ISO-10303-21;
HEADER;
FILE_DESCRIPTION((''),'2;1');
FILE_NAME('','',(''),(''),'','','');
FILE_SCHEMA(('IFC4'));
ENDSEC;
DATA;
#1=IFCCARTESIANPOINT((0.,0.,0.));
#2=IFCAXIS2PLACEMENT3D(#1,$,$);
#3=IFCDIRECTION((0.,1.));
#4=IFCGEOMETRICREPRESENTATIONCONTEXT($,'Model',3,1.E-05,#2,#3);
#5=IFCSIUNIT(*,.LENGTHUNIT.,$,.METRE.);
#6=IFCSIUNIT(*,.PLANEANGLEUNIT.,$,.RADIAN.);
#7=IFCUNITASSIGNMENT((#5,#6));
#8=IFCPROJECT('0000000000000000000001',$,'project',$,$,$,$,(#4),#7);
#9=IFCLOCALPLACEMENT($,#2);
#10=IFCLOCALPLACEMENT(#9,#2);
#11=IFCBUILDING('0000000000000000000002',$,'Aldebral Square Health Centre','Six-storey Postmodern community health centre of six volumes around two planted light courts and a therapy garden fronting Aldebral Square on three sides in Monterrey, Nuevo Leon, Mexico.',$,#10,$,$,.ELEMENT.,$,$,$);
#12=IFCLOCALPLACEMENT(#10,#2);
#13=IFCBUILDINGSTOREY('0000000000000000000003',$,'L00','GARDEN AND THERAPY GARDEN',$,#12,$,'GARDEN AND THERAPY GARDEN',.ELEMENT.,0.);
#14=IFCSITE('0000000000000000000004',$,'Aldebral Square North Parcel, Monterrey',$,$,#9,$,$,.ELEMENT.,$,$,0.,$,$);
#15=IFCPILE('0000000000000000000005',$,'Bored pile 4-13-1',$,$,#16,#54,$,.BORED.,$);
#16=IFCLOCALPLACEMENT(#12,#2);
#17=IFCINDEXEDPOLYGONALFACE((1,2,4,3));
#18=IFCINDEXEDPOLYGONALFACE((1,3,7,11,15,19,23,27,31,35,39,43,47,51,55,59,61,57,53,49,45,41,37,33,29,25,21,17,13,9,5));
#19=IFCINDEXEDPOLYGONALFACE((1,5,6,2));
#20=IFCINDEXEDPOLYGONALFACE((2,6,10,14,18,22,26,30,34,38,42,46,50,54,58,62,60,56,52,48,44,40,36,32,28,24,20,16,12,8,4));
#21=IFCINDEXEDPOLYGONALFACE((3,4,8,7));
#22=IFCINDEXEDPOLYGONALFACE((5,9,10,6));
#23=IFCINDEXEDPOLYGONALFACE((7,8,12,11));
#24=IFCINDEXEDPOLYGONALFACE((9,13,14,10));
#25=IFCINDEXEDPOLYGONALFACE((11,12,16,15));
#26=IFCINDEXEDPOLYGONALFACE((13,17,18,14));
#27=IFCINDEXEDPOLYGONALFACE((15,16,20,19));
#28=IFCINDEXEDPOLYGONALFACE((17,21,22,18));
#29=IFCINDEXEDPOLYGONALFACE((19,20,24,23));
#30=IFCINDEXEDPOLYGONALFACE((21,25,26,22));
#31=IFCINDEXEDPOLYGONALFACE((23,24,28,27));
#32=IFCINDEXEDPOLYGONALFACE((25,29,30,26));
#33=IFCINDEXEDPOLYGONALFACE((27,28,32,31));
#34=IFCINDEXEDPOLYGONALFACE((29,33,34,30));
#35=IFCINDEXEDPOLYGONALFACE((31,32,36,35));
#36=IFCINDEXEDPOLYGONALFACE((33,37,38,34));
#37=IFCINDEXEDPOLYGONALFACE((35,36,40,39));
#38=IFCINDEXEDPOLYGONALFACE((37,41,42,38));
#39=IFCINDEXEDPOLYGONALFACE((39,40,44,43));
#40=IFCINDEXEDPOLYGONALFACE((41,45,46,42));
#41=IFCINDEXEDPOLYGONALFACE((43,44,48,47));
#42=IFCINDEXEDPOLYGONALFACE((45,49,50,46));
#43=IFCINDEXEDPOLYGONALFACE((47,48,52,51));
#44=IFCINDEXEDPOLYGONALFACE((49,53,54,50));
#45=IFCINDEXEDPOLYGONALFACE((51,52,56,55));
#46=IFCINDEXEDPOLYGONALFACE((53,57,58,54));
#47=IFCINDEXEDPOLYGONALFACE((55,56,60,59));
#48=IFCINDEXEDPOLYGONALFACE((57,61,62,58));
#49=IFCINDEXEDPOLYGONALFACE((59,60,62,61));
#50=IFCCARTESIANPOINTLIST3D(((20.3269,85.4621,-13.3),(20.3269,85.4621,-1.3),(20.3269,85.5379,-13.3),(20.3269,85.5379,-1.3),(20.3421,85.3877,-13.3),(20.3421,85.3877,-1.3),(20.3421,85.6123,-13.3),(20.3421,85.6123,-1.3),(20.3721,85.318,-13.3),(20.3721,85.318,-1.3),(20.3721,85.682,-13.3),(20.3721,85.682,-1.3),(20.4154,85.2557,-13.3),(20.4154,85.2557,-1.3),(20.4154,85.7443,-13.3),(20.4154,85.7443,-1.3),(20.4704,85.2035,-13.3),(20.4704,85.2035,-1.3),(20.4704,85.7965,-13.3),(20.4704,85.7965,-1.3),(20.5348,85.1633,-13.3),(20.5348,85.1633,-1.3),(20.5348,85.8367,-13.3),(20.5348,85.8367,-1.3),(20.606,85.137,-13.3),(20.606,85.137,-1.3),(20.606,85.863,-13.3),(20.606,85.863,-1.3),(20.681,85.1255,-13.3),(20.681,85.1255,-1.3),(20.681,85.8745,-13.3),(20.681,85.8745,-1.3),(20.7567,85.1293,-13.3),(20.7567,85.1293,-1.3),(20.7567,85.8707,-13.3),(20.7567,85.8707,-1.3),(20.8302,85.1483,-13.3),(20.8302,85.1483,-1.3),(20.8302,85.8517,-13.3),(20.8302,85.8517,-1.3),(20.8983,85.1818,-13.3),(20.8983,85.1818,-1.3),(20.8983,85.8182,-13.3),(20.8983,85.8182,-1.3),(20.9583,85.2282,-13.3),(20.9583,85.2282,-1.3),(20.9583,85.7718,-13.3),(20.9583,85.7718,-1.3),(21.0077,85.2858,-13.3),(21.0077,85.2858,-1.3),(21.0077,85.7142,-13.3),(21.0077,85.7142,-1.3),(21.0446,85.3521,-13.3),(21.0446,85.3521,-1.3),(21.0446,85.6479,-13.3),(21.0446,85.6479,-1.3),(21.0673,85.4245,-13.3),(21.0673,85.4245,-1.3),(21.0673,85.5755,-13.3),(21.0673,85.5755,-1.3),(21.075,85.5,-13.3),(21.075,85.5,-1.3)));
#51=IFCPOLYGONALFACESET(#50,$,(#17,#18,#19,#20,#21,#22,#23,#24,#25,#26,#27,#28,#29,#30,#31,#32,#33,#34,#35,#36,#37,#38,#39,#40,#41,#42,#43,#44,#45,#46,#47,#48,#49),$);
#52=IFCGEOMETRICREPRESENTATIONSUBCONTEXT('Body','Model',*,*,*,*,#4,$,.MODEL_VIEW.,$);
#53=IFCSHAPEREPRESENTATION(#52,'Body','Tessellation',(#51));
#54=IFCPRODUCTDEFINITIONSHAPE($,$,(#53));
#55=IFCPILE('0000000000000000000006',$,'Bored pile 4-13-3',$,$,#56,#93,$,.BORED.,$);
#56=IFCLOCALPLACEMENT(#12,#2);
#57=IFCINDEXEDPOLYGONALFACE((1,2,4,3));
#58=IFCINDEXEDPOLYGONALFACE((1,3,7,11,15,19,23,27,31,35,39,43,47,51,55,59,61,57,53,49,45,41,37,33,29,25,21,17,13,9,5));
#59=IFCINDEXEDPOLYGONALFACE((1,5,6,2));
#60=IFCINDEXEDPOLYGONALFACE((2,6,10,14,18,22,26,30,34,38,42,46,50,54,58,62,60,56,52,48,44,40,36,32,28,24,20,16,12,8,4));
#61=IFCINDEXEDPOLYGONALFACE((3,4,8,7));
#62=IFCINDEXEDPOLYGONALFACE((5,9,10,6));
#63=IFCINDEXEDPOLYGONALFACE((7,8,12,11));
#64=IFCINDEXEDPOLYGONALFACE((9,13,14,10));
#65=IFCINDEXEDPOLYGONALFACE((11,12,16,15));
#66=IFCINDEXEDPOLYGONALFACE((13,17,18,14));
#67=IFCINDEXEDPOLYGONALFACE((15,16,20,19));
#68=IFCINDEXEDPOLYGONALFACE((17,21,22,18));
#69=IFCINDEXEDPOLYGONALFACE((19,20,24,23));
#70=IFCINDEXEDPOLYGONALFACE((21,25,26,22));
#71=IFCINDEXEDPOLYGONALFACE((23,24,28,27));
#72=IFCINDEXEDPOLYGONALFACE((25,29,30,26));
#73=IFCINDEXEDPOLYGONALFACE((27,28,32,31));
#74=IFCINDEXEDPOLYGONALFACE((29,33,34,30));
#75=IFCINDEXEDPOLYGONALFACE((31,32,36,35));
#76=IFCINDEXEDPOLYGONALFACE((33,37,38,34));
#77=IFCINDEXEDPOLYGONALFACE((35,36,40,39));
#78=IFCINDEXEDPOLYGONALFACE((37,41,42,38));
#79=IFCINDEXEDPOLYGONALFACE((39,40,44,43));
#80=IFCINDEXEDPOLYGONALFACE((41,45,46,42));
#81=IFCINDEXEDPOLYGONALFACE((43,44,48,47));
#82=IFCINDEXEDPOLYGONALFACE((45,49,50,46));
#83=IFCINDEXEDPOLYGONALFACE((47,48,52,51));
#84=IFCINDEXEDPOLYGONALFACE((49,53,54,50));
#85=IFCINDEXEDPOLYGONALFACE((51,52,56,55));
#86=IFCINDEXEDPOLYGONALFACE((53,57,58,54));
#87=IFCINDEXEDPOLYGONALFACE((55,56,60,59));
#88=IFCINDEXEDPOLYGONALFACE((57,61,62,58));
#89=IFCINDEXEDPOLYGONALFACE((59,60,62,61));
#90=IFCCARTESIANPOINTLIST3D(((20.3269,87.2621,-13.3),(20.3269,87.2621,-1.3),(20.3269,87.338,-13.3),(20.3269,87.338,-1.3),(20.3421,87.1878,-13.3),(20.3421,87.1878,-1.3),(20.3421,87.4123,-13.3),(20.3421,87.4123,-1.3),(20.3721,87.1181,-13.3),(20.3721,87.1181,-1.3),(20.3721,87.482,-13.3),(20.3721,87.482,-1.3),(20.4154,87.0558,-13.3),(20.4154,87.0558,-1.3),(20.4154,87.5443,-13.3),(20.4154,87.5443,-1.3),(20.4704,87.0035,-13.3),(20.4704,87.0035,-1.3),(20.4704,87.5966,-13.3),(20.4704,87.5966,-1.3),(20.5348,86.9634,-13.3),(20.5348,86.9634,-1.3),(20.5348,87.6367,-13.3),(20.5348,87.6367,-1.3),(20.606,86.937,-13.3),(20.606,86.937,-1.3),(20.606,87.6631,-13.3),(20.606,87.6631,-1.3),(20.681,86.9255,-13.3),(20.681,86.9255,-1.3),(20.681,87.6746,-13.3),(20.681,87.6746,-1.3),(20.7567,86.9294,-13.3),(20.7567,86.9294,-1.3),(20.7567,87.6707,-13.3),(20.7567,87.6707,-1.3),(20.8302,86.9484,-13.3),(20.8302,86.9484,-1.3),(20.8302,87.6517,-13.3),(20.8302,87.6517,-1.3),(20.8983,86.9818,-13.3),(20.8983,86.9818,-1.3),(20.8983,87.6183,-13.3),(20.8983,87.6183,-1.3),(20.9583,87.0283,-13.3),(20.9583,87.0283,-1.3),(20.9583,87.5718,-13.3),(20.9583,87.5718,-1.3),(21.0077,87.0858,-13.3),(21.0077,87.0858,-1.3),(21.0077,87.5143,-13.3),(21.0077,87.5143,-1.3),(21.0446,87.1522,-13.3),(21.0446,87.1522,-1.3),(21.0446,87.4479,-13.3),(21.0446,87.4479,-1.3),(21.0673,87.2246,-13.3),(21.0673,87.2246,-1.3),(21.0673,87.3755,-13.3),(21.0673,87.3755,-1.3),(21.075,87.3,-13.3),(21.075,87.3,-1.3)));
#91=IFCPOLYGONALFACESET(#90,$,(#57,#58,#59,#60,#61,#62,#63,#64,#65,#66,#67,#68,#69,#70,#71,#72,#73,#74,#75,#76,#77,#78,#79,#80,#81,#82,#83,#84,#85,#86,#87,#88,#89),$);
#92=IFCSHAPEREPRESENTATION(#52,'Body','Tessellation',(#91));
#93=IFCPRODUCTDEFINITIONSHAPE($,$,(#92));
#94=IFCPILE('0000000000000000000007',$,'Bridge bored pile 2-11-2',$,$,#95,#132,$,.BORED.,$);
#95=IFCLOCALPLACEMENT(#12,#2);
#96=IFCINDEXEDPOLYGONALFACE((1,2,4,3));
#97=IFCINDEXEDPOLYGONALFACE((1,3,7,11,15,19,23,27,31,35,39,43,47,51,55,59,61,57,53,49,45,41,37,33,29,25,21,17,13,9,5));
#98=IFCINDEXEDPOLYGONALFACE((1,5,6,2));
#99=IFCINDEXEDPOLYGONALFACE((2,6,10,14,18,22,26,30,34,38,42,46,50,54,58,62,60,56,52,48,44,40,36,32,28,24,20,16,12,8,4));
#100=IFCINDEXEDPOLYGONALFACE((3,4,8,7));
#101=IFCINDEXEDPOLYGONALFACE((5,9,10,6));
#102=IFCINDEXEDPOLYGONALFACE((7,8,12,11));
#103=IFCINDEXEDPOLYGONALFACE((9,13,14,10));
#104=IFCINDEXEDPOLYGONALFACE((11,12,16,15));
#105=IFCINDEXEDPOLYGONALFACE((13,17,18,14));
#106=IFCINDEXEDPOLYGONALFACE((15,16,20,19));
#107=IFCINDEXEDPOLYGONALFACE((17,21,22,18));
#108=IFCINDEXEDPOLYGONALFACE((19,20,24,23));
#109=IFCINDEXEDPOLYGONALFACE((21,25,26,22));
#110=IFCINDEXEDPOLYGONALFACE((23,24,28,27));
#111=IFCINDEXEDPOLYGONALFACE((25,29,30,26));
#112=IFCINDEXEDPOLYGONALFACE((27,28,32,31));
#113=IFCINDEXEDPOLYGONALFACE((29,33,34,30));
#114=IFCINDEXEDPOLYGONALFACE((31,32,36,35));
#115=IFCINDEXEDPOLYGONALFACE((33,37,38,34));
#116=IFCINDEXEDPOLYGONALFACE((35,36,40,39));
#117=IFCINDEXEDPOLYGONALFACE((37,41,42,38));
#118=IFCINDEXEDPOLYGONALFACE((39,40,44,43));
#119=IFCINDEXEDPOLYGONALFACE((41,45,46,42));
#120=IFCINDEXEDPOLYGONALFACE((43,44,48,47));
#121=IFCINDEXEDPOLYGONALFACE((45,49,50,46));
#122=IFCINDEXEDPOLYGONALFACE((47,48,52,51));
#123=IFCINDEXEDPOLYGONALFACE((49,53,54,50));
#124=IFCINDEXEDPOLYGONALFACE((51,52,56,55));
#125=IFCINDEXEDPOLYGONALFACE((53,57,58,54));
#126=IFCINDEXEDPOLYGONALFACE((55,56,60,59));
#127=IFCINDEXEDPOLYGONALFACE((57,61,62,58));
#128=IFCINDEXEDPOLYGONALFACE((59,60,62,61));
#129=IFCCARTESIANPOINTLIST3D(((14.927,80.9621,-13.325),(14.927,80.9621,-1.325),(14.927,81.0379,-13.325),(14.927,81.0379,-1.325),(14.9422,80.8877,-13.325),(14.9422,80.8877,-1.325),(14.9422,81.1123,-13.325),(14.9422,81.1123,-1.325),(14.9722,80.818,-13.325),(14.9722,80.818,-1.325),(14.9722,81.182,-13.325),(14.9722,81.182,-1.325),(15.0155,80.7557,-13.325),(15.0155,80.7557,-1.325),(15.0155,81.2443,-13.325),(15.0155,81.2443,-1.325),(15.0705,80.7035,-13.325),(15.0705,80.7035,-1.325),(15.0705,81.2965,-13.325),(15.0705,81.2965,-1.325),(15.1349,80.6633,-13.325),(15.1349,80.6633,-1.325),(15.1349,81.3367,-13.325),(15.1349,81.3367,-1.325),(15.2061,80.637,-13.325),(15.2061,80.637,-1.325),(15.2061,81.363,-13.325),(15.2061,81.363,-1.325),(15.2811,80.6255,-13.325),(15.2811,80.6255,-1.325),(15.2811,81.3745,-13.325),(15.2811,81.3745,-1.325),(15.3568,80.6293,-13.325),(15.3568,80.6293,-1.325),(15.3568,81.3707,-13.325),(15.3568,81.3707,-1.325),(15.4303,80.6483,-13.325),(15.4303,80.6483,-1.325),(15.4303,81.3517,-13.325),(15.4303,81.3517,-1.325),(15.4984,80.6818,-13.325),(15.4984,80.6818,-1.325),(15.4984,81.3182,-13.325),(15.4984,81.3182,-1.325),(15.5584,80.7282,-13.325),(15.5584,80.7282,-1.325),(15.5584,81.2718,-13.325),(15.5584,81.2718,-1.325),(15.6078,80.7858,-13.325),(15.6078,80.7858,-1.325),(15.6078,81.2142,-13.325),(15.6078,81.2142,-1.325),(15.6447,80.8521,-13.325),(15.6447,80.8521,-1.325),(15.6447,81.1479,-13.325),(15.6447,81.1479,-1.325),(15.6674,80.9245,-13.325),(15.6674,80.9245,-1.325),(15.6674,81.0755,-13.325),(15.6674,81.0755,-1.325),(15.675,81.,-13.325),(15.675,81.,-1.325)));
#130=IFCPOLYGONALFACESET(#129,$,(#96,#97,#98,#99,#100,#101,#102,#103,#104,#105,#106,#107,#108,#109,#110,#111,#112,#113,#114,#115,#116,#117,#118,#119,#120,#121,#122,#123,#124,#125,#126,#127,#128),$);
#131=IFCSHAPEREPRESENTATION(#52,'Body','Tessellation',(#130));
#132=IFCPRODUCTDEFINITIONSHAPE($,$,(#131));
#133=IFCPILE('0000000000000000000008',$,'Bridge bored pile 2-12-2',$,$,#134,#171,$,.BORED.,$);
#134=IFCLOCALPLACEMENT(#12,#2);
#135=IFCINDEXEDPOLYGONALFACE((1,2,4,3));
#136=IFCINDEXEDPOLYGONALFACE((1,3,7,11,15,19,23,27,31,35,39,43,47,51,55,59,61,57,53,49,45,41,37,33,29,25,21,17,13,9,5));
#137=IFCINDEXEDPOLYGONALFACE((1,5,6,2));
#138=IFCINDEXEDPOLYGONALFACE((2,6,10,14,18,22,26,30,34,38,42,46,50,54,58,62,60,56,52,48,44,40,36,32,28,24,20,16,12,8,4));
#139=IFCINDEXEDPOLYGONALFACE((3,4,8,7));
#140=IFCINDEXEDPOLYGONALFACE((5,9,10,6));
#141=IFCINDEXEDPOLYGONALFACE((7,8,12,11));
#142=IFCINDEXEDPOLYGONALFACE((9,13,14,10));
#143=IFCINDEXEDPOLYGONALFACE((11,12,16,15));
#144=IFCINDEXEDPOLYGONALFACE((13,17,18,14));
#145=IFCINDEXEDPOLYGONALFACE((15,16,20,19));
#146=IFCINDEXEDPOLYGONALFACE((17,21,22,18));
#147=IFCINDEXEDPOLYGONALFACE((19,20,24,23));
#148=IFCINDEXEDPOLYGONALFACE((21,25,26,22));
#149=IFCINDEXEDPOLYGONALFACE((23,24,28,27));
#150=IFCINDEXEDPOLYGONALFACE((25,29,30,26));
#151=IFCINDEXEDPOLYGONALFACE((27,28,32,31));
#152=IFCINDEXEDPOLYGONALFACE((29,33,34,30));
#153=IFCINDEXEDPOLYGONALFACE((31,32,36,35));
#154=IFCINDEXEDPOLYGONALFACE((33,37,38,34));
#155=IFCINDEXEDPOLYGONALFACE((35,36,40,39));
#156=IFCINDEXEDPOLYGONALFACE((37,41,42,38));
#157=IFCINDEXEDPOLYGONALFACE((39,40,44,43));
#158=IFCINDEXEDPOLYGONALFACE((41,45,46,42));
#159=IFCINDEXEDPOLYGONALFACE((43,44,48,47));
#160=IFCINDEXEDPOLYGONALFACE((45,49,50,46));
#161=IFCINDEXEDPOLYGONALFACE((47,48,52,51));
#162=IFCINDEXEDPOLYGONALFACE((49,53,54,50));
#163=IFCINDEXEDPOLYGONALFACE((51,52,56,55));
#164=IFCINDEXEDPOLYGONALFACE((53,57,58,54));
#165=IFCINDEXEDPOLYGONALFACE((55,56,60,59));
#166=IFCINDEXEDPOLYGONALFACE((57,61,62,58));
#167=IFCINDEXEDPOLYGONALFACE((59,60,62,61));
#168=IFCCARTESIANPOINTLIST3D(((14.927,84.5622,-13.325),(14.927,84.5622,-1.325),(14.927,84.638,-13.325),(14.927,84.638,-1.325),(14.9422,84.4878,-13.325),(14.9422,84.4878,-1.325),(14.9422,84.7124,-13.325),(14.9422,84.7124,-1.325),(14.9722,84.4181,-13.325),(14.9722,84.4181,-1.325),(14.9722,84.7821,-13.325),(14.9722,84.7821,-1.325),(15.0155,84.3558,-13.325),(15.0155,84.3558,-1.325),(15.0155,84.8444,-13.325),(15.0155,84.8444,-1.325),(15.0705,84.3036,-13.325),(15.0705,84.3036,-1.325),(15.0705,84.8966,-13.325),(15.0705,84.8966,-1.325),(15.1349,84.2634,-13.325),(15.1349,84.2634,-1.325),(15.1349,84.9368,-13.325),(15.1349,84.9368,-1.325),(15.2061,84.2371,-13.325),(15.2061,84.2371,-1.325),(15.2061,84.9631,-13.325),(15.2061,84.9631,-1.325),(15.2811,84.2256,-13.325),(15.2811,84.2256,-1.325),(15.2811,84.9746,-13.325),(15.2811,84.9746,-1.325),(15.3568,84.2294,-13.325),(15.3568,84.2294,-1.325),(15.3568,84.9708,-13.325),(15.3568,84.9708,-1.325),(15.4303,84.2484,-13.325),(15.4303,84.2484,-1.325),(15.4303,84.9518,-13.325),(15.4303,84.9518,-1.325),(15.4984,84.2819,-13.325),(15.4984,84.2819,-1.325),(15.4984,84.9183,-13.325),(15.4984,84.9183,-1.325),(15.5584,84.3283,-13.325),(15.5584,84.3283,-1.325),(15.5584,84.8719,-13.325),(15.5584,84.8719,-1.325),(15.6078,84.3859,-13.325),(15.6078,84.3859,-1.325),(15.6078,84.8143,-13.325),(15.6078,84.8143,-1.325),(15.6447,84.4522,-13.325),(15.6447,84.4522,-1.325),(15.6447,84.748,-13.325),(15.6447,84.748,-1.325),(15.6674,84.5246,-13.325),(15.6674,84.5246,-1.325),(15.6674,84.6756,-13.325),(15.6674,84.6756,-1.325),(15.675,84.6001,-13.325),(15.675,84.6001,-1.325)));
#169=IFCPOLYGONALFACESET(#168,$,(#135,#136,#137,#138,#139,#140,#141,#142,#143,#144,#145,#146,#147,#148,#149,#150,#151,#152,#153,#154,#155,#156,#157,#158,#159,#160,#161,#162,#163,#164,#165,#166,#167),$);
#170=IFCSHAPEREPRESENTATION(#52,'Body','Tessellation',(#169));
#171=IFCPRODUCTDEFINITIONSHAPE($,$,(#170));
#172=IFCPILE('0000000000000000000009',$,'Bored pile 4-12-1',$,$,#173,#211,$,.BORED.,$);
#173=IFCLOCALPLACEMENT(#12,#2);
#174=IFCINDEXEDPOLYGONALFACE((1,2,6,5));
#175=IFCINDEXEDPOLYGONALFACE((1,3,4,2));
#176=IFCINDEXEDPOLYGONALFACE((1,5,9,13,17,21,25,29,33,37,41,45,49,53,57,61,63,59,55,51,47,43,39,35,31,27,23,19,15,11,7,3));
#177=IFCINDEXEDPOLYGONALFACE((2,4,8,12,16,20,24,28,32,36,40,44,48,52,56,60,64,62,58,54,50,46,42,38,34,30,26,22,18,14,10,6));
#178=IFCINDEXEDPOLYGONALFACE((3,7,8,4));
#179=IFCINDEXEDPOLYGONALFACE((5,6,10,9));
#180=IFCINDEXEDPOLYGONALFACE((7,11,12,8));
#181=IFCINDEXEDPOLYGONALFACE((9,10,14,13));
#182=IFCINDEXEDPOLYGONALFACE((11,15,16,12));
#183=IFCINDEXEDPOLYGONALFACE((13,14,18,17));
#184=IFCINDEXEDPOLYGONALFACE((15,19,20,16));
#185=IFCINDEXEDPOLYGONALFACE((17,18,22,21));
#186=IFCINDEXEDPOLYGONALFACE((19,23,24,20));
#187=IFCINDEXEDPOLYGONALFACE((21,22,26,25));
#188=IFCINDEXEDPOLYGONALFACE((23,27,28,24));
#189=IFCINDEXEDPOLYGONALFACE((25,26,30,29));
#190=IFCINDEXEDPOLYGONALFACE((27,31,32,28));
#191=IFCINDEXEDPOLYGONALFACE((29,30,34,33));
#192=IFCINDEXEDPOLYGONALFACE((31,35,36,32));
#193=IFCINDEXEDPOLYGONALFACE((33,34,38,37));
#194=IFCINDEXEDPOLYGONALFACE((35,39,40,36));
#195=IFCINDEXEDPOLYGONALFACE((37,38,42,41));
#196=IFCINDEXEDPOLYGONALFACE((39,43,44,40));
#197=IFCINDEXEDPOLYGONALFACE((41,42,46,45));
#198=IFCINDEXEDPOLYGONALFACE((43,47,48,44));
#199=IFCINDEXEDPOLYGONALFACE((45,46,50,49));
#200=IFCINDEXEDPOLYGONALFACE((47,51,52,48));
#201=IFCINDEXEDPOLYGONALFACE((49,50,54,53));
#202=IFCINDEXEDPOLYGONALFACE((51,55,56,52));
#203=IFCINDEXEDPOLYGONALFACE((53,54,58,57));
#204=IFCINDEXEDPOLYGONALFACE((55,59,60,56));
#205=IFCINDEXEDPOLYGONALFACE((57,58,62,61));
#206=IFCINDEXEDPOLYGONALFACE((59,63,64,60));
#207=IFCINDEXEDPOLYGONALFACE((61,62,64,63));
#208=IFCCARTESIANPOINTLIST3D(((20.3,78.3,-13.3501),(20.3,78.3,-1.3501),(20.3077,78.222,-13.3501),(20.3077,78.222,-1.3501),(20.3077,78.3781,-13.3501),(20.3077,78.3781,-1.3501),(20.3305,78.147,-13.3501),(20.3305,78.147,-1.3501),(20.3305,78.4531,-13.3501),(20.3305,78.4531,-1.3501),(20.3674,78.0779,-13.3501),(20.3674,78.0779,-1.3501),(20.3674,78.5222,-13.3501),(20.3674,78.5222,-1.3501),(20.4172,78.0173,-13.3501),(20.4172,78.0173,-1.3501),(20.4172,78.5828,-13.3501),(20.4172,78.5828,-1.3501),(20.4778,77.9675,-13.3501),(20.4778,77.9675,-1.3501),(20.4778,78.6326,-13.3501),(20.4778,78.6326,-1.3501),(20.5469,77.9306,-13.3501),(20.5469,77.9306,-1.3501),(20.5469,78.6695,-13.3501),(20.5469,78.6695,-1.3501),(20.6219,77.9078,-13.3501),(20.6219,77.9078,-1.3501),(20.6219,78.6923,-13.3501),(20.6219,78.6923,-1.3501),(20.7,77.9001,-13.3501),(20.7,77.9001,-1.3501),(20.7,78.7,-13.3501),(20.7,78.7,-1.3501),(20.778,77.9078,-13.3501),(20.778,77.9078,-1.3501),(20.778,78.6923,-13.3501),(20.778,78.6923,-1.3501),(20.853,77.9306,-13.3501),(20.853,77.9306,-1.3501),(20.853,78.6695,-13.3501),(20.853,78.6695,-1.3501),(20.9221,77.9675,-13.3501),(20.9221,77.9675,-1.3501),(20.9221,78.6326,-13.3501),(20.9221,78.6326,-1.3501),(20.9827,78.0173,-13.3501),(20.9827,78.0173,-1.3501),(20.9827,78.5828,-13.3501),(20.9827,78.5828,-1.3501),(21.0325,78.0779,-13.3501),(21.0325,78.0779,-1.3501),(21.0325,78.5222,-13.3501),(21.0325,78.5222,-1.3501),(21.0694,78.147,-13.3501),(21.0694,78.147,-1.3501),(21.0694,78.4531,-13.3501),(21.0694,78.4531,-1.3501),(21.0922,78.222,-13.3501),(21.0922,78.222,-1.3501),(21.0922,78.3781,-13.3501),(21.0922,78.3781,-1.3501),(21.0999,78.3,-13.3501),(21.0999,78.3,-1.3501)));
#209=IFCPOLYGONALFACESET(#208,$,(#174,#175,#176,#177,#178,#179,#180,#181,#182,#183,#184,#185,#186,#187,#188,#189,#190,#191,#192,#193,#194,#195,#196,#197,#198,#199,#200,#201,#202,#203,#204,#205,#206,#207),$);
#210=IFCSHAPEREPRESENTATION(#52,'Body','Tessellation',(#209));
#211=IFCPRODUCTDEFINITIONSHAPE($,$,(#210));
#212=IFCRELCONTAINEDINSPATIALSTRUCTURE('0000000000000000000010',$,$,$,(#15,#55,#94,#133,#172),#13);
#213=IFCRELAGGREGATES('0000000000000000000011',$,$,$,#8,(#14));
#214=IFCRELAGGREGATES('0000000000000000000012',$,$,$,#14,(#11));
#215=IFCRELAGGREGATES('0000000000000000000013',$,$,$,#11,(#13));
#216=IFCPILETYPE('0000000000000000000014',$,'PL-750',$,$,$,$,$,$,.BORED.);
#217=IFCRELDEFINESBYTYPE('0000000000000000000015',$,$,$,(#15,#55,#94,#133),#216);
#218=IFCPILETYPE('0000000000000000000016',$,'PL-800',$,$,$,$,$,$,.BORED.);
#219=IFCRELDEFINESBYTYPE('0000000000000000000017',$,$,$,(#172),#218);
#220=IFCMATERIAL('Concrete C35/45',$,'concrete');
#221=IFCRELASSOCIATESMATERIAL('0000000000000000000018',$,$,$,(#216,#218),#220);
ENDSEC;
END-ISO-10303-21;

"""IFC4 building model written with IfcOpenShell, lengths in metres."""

from ifc_helpers import new_model, si_unit, direction, frame, origin, origin_2d, place, context, subcontext, project, spatial, circle, extrude, material, material_profile, profile_set, type_object, element, save


model = new_model("IFC4")

# Units and contexts
model_context = context("Model", 3, precision=1e-05, world=origin(), true_north=direction((0.0, 1.0)))
body_context = subcontext(model_context, "Body", "Model", "MODEL_VIEW")
ifc_project = project(units=[si_unit("LENGTHUNIT", "METRE"), si_unit("PLANEANGLEUNIT", "RADIAN")], contexts=[model_context])

# Site, building, storey
site_placement = place(None, origin())
site = spatial("IfcSite", under=ifc_project, at=site_placement, Name="Aldebral Square North Parcel, Monterrey", CompositionType="ELEMENT", RefElevation=0.0)
building_placement = place(site_placement, origin())
building = spatial("IfcBuilding", under=site, at=building_placement, Name="Aldebral Square Health Centre", Description="Six-storey Postmodern community health centre of six volumes around two planted light courts and a therapy garden fronting Aldebral Square on three sides in Monterrey, Nuevo Leon, Mexico.", CompositionType="ELEMENT")
storey_placement = place(building_placement, origin())
storey = spatial("IfcBuildingStorey", under=building, at=storey_placement, Name="L00", Description="GARDEN AND THERAPY GARDEN", LongName="GARDEN AND THERAPY GARDEN", CompositionType="ELEMENT", Elevation=0.0)

# Piles
ifc_material_1 = material(Name="Concrete C35/45", Category="concrete")
ifc_material_profile_1 = material_profile(ifc_material_1, circle(Radius=0.375, at=origin_2d()), Name="PILE D750")
ifc_profile_set_1 = profile_set([ifc_material_profile_1], Name="Concrete C35/45")
pile_type_1 = type_object("IfcPileType", Name="PL-750", PredefinedType="BORED", material=ifc_profile_set_1)
for number, where, z_axis, x_axis, name in (
    (1, (20.7, 85.5, -1.3), (0.0, 0.0, -1.0), (1.0, 0.0, 0.0), "Bored pile 4-13-1"),
    (2, (20.7, 87.3, -1.3), (0.0, 0.0, -1.0), (1.0, 0.0, 0.0), "Bored pile 4-13-3"),
    (3, (15.3, 81.0, -1.325), (0.0, 0.0, -1.0), (1.0, 0.0, 0.0), "Bridge bored pile 2-11-2"),
    (4, (15.3, 84.6001, -1.325), (0.0, 0.0, -1.0), (1.0, 0.0, 0.0), "Bridge bored pile 2-12-2"),
):
    element("IfcPile", number, at=place(storey_placement, frame(where, z_axis=z_axis, x_axis=x_axis)), inside=storey, type_object=pile_type_1, Name=name, PredefinedType="BORED", context=body_context, shape_type="SweptSolid", body=[
        extrude(circle(Radius=0.375, at=origin_2d()), origin(), (0.0, 0.0, 1.0), 12.0),
    ])
ifc_material_profile_2 = material_profile(ifc_material_1, circle(Radius=0.3999, at=origin_2d()), Name="PILE D800")
ifc_profile_set_2 = profile_set([ifc_material_profile_2], Name="Concrete C35/45")
pile_type_2 = type_object("IfcPileType", Name="PL-800", PredefinedType="BORED", material=ifc_profile_set_2)
for number, where, z_axis, x_axis, name in (
    (5, (20.7, 78.3, -1.3501), (0.0, 0.0, -1.0), (1.0, 0.0, 0.0), "Bored pile 4-12-1"),
):
    element("IfcPile", number, at=place(storey_placement, frame(where, z_axis=z_axis, x_axis=x_axis)), inside=storey, type_object=pile_type_2, Name=name, PredefinedType="BORED", context=body_context, shape_type="SweptSolid", body=[
        extrude(circle(Radius=0.3999, at=origin_2d()), origin(), (0.0, 0.0, 1.0), 12.0),
    ])

save(model, "model.ifc")
